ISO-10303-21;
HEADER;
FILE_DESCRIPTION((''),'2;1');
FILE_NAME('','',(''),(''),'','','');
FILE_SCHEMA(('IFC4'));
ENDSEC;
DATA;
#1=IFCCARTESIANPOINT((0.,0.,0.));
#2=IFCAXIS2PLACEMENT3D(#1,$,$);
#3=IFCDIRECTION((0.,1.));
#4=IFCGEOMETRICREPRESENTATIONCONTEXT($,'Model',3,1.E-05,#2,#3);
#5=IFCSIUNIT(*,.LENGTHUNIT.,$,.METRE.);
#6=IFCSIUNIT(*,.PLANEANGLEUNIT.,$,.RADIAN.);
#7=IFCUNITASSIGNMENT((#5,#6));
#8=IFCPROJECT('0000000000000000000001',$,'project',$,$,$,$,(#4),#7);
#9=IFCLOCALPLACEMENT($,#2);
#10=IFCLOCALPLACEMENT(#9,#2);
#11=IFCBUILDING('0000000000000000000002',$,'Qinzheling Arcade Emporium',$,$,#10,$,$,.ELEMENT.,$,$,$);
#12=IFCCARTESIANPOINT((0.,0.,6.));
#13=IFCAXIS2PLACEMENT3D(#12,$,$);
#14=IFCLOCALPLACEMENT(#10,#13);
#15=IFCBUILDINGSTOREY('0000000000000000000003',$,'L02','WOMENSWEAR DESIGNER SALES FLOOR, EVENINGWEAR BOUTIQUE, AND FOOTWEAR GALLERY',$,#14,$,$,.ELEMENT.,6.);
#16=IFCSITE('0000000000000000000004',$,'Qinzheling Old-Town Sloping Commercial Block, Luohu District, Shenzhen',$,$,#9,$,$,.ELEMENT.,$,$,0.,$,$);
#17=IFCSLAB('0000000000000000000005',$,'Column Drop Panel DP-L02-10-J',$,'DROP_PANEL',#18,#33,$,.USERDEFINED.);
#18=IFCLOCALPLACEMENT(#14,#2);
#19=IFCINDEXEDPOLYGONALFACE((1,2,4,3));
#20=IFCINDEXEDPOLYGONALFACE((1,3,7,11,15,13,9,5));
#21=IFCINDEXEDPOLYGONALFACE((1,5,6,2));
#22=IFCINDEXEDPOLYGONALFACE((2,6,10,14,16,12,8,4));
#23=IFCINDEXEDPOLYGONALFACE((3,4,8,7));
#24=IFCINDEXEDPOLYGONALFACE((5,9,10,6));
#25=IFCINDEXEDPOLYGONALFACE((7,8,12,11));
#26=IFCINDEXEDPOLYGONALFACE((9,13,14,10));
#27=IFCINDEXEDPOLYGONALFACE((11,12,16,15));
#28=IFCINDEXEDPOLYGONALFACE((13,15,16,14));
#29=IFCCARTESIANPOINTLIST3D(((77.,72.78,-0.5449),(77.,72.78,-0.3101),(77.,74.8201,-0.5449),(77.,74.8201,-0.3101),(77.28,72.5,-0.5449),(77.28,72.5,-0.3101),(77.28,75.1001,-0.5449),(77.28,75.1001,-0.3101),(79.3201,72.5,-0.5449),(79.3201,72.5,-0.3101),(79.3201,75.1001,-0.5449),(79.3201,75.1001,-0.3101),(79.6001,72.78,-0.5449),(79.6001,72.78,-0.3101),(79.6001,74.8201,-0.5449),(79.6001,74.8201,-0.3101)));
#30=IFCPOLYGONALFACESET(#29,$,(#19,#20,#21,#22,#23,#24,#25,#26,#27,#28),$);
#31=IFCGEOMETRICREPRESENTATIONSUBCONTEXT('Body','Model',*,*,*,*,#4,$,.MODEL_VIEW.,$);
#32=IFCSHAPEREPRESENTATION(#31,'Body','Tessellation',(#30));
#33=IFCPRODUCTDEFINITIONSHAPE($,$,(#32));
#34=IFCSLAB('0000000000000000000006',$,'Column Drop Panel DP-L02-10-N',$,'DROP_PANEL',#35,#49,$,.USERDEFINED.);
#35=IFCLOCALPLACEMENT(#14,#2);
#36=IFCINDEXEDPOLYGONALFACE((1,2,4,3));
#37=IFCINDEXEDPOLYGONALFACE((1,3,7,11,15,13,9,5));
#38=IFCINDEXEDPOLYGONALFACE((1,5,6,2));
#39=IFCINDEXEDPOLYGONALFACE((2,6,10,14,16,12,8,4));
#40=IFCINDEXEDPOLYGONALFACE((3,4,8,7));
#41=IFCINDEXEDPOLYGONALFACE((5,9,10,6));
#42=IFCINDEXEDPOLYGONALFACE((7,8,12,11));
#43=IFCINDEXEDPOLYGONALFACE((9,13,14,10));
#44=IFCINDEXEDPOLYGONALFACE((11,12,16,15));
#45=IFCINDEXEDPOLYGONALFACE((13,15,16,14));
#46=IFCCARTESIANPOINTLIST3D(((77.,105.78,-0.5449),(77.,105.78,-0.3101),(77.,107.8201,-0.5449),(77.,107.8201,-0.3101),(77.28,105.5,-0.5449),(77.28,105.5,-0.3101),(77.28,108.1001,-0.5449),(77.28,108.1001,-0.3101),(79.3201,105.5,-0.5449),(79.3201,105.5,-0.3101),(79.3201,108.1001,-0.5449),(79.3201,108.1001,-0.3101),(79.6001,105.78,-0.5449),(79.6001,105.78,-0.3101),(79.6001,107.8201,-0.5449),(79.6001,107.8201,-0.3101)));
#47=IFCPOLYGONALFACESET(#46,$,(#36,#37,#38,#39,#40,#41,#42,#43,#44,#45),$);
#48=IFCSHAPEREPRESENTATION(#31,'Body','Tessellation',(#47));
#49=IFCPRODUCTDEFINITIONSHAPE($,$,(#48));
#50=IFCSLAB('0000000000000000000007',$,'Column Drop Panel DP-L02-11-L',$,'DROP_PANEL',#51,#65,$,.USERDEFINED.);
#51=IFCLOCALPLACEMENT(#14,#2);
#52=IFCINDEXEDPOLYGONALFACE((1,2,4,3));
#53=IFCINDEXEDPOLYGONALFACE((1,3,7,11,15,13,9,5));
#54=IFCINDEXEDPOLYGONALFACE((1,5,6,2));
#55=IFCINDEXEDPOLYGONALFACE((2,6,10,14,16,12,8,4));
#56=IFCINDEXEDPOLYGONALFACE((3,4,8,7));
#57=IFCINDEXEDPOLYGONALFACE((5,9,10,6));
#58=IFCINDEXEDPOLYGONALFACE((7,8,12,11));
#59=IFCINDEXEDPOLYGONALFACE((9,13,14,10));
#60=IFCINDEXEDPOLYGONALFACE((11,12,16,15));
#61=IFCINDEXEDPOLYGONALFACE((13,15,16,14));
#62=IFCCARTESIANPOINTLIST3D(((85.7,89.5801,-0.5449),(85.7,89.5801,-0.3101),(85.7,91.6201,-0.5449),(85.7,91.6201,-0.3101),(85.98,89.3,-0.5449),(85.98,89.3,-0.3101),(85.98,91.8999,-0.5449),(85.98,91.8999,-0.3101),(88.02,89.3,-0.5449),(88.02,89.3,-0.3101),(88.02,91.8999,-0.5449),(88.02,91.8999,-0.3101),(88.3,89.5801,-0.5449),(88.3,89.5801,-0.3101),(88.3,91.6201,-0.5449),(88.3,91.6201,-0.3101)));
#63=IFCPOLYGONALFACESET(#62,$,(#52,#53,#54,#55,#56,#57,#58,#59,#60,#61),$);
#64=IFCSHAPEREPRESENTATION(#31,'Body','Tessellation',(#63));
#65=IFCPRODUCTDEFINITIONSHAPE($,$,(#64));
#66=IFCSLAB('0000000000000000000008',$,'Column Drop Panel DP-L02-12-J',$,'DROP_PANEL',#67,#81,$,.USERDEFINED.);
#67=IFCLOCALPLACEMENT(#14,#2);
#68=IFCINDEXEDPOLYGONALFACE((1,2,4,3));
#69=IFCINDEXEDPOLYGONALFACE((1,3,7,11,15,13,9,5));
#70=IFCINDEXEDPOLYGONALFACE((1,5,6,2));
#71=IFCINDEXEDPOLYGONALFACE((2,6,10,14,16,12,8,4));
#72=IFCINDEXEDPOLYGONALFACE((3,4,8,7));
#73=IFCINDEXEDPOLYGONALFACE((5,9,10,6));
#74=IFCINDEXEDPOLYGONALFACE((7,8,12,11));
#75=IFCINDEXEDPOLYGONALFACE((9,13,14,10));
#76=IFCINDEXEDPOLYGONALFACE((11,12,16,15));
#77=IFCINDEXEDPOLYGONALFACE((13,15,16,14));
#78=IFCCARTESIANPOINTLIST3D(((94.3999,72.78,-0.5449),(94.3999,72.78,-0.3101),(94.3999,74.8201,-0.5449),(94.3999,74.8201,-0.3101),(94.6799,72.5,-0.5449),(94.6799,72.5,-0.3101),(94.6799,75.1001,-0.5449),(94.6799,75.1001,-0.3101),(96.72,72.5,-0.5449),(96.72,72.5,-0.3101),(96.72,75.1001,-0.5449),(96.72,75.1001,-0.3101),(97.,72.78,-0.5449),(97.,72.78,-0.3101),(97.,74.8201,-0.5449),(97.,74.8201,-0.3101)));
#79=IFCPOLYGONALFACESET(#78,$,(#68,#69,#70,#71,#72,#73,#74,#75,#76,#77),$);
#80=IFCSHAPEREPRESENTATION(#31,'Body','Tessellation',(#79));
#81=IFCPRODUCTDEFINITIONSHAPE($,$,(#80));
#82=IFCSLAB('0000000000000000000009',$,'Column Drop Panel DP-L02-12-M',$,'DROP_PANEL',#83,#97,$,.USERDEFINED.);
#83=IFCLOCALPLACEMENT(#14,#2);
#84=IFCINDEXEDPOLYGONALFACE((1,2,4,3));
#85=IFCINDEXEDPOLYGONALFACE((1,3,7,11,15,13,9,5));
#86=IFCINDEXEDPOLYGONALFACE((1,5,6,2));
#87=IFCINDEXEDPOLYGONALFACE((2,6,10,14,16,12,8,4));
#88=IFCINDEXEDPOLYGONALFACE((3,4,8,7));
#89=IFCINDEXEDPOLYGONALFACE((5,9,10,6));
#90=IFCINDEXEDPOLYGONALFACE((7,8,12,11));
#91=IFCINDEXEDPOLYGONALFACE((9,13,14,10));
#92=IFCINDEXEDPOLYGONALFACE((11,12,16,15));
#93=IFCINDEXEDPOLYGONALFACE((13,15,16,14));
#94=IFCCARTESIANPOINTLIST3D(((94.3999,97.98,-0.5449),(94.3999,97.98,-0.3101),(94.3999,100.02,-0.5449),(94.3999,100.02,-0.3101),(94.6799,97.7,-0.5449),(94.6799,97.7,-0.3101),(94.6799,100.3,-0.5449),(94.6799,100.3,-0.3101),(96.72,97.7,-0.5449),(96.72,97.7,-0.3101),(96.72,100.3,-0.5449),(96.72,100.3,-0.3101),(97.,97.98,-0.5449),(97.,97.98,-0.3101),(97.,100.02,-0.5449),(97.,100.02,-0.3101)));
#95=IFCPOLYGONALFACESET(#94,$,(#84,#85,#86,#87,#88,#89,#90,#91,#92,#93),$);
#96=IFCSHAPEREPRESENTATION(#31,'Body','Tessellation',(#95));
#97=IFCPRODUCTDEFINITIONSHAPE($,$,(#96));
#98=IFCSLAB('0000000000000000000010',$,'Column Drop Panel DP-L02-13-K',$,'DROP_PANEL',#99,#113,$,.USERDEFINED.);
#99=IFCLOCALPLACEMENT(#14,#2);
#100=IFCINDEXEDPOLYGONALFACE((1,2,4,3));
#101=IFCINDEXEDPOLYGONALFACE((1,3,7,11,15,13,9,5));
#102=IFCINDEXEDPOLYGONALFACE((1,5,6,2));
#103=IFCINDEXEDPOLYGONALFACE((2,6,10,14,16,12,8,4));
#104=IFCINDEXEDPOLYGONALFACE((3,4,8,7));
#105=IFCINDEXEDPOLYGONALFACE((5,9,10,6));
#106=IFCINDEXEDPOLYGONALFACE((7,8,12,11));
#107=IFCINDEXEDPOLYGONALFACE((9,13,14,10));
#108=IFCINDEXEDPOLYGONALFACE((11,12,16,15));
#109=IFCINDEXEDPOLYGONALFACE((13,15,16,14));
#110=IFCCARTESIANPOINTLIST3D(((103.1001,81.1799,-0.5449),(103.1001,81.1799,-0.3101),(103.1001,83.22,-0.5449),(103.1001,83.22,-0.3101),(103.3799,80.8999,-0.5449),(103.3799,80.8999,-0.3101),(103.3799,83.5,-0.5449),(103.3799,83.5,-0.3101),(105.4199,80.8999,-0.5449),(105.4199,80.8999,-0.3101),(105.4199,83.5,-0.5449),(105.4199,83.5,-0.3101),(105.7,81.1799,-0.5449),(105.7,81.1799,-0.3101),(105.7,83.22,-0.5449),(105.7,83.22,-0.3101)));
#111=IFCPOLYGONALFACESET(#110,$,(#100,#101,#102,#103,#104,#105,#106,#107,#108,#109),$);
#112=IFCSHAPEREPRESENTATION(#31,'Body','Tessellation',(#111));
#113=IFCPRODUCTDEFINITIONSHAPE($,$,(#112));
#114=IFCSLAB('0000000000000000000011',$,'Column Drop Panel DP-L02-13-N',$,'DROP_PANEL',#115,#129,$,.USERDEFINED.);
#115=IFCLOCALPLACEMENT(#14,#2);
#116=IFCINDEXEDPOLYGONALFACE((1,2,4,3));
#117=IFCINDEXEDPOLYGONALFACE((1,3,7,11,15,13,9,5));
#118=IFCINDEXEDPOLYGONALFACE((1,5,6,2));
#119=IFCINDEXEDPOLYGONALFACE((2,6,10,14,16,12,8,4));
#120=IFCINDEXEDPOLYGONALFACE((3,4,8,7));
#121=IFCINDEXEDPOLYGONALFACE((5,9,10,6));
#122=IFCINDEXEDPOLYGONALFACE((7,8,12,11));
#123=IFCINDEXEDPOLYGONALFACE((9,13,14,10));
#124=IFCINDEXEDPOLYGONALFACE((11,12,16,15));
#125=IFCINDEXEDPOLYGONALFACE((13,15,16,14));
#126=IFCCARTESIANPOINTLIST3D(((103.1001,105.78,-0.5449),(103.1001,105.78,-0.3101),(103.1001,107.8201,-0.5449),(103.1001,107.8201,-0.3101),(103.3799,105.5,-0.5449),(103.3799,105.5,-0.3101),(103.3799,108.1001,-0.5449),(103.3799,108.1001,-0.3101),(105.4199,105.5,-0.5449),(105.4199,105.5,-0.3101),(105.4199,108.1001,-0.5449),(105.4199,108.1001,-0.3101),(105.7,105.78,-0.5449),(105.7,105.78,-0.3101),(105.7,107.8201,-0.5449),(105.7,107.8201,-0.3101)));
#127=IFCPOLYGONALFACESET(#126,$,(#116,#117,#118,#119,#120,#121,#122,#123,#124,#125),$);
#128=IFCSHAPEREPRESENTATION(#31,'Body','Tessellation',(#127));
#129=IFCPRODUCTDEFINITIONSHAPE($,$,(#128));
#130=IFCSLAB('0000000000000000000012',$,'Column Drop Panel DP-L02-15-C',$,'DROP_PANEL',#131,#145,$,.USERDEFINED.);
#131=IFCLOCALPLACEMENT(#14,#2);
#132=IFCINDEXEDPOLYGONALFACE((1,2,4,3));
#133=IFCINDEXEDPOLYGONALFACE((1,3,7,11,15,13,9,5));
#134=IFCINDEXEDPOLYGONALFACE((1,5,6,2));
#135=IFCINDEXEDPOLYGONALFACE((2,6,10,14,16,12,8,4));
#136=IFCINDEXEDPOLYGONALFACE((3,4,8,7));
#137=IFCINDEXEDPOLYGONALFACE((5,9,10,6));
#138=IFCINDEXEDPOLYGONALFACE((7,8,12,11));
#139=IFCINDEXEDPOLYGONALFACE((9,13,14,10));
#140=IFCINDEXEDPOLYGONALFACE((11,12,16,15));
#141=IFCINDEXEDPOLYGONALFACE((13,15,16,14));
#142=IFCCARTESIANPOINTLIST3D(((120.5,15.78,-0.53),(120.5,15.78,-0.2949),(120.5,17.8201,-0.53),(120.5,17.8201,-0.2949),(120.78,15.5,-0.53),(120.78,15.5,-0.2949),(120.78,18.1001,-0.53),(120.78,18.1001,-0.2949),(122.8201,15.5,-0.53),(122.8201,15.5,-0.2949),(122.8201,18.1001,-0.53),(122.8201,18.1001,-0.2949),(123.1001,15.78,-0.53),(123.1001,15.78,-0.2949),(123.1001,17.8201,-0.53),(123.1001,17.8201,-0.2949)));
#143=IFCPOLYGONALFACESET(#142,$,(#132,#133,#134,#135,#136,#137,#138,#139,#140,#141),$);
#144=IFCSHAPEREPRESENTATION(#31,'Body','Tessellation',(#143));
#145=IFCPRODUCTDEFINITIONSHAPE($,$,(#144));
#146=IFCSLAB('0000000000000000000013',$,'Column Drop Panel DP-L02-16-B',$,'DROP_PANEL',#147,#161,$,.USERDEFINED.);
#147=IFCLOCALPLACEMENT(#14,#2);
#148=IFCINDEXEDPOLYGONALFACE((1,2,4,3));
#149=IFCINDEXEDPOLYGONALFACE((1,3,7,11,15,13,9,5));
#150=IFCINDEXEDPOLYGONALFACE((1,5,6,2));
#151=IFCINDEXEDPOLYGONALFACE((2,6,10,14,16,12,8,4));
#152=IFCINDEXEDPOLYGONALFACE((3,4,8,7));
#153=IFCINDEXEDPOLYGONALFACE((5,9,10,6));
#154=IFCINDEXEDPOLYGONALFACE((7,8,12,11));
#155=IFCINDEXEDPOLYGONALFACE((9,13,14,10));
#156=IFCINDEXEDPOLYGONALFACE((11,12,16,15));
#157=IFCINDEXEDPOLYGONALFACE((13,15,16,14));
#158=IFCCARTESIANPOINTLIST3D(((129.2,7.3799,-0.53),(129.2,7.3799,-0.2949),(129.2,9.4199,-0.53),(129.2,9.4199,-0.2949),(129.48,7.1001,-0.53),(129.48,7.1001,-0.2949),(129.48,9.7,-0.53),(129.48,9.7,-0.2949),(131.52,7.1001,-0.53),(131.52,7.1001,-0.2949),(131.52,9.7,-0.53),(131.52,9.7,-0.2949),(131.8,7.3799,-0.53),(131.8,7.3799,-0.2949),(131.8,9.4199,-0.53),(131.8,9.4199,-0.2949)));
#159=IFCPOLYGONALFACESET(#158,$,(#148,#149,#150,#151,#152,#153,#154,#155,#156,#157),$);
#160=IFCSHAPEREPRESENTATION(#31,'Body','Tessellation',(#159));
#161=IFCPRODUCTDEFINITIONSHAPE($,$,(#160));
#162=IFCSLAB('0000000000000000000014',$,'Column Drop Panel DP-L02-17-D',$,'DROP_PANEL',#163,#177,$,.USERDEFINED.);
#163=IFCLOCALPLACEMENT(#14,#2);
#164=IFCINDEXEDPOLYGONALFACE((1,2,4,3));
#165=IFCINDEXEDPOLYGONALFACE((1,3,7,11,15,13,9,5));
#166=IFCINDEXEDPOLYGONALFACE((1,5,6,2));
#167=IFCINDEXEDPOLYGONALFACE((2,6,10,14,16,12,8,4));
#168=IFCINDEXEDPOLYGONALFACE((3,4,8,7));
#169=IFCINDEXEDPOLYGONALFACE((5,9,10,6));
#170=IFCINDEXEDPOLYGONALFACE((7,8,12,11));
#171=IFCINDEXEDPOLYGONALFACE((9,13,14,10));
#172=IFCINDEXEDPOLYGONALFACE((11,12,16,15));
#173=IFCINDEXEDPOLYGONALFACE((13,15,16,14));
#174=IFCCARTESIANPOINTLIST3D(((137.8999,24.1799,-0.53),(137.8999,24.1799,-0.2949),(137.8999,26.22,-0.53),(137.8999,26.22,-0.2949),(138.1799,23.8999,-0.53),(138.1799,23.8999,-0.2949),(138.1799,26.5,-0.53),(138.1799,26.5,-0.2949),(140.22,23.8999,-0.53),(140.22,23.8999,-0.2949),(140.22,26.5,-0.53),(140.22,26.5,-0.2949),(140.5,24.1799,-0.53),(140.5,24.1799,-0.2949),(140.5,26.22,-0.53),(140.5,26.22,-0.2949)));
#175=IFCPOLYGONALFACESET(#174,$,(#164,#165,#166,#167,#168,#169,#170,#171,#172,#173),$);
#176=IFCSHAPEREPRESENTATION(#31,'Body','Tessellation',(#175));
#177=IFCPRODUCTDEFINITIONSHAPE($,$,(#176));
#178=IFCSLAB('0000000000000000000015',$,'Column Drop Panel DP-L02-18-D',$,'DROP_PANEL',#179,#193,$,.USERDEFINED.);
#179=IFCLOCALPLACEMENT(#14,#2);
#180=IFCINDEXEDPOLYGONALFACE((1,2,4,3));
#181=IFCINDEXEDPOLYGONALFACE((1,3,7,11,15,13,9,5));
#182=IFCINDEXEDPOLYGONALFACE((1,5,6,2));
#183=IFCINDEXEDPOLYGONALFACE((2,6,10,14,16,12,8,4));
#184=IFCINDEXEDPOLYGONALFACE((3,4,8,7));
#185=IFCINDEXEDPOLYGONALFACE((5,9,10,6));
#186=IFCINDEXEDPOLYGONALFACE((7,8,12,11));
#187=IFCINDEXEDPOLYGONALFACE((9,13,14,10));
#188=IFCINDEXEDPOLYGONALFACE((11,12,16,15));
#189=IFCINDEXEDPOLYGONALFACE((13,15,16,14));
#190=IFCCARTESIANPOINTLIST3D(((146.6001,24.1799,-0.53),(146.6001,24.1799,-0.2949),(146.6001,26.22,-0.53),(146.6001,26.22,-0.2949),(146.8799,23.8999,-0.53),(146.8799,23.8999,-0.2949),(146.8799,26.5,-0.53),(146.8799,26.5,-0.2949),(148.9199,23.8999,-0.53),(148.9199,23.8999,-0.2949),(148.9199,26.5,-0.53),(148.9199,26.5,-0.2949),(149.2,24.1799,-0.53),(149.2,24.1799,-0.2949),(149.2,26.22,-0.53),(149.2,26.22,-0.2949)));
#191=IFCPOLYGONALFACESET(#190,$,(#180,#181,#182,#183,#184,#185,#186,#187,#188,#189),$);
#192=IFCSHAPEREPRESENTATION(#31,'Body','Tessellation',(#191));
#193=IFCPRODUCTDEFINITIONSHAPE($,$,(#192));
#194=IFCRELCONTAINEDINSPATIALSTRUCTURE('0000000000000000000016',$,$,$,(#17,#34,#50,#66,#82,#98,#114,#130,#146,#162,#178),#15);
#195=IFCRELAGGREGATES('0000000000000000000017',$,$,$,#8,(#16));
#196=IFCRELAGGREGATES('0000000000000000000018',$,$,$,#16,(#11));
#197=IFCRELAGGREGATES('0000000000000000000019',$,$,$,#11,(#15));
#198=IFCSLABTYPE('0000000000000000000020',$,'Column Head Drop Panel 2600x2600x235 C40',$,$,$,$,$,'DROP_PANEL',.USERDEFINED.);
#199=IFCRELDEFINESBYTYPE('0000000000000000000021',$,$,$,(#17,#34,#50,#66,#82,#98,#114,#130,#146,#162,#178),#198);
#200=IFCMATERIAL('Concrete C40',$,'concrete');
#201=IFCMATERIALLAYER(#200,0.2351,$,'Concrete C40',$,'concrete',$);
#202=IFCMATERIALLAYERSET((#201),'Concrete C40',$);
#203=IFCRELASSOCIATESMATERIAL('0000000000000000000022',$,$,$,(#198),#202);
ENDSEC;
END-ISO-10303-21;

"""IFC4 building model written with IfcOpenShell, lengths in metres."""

from ifc_helpers import new_model, si_unit, direction, frame, origin, place, context, subcontext, project, spatial, polyline, outline, extrude, material, layer, layer_set, type_object, element, save


model = new_model("IFC4")

# Units and contexts
model_context = context("Model", 3, precision=1e-05, world=origin(), true_north=direction((0.0, 1.0)))
body_context = subcontext(model_context, "Body", "Model", "MODEL_VIEW")
ifc_project = project(units=[si_unit("LENGTHUNIT", "METRE"), si_unit("PLANEANGLEUNIT", "RADIAN")], contexts=[model_context])

# Site, building, storey
site_placement = place(None, origin())
site = spatial("IfcSite", under=ifc_project, at=site_placement, Name="Qinzheling Old-Town Sloping Commercial Block, Luohu District, Shenzhen", CompositionType="ELEMENT", RefElevation=0.0)
building_placement = place(site_placement, origin())
building = spatial("IfcBuilding", under=site, at=building_placement, Name="Qinzheling Arcade Emporium", CompositionType="ELEMENT")
storey_placement = place(building_placement, frame((0.0, 0.0, 6.0)))
storey = spatial("IfcBuildingStorey", under=building, at=storey_placement, Name="L02", Description="WOMENSWEAR DESIGNER SALES FLOOR, EVENINGWEAR BOUTIQUE, AND FOOTWEAR GALLERY", CompositionType="ELEMENT", Elevation=6.0)

# Slabs
ifc_material = material(Name="Concrete C40", Category="concrete")
ifc_layer_1 = layer(ifc_material, 0.2351, Name="Concrete C40", Category="concrete")
ifc_layer_set_1 = layer_set([ifc_layer_1], Name="Concrete C40")
slab_type_1 = type_object("IfcSlabType", Name="Column Head Drop Panel 2600x2600x235 C40", ElementType="DROP_PANEL", PredefinedType="USERDEFINED", material=ifc_layer_set_1)
slab_1_placement = place(storey_placement, frame((0.0, 0.0, -0.5449)))
element("IfcSlab", 1, at=slab_1_placement, inside=storey, type_object=slab_type_1, Name="Column Drop Panel DP-L02-10-J", ObjectType="DROP_PANEL", PredefinedType="USERDEFINED", context=body_context, shape_type="SweptSolid", body=[
    extrude(outline(polyline([(77.28, 72.5), (79.3201, 72.5), (79.6001, 72.78), (79.6001, 74.8201), (79.3201, 75.1001), (77.28, 75.1001), (77.0, 74.8201), (77.0, 72.78), (77.28, 72.5)])), origin(), (0.0, 0.0, 1.0), 0.2349),
])
slab_2_placement = place(storey_placement, frame((0.0, 0.0, -0.5449)))
element("IfcSlab", 2, at=slab_2_placement, inside=storey, type_object=slab_type_1, Name="Column Drop Panel DP-L02-10-N", ObjectType="DROP_PANEL", PredefinedType="USERDEFINED", context=body_context, shape_type="SweptSolid", body=[
    extrude(outline(polyline([(77.28, 105.5), (79.3201, 105.5), (79.6001, 105.78), (79.6001, 107.8201), (79.3201, 108.1001), (77.28, 108.1001), (77.0, 107.8201), (77.0, 105.78), (77.28, 105.5)])), origin(), (0.0, 0.0, 1.0), 0.2349),
])
slab_3_placement = place(storey_placement, frame((0.0, 0.0, -0.5449)))
element("IfcSlab", 3, at=slab_3_placement, inside=storey, type_object=slab_type_1, Name="Column Drop Panel DP-L02-11-L", ObjectType="DROP_PANEL", PredefinedType="USERDEFINED", context=body_context, shape_type="SweptSolid", body=[
    extrude(outline(polyline([(85.98, 89.3), (88.02, 89.3), (88.3, 89.5801), (88.3, 91.6201), (88.02, 91.8999), (85.98, 91.8999), (85.7, 91.6201), (85.7, 89.5801), (85.98, 89.3)])), origin(), (0.0, 0.0, 1.0), 0.2349),
])
slab_4_placement = place(storey_placement, frame((0.0, 0.0, -0.5449)))
element("IfcSlab", 4, at=slab_4_placement, inside=storey, type_object=slab_type_1, Name="Column Drop Panel DP-L02-12-J", ObjectType="DROP_PANEL", PredefinedType="USERDEFINED", context=body_context, shape_type="SweptSolid", body=[
    extrude(outline(polyline([(94.6799, 72.5), (96.72, 72.5), (97.0, 72.78), (97.0, 74.8201), (96.72, 75.1001), (94.6799, 75.1001), (94.3999, 74.8201), (94.3999, 72.78), (94.6799, 72.5)])), origin(), (0.0, 0.0, 1.0), 0.2349),
])
slab_5_placement = place(storey_placement, frame((0.0, 0.0, -0.5449)))
element("IfcSlab", 5, at=slab_5_placement, inside=storey, type_object=slab_type_1, Name="Column Drop Panel DP-L02-12-M", ObjectType="DROP_PANEL", PredefinedType="USERDEFINED", context=body_context, shape_type="SweptSolid", body=[
    extrude(outline(polyline([(94.6799, 97.7), (96.72, 97.7), (97.0, 97.98), (97.0, 100.02), (96.72, 100.3), (94.6799, 100.3), (94.3999, 100.02), (94.3999, 97.98), (94.6799, 97.7)])), origin(), (0.0, 0.0, 1.0), 0.2349),
])
slab_6_placement = place(storey_placement, frame((0.0, 0.0, -0.5449)))
element("IfcSlab", 6, at=slab_6_placement, inside=storey, type_object=slab_type_1, Name="Column Drop Panel DP-L02-13-K", ObjectType="DROP_PANEL", PredefinedType="USERDEFINED", context=body_context, shape_type="SweptSolid", body=[
    extrude(outline(polyline([(103.3799, 80.8999), (105.4199, 80.8999), (105.7, 81.1799), (105.7, 83.22), (105.4199, 83.5), (103.3799, 83.5), (103.1001, 83.22), (103.1001, 81.1799), (103.3799, 80.8999)])), origin(), (0.0, 0.0, 1.0), 0.2349),
])
slab_7_placement = place(storey_placement, frame((0.0, 0.0, -0.5449)))
element("IfcSlab", 7, at=slab_7_placement, inside=storey, type_object=slab_type_1, Name="Column Drop Panel DP-L02-13-N", ObjectType="DROP_PANEL", PredefinedType="USERDEFINED", context=body_context, shape_type="SweptSolid", body=[
    extrude(outline(polyline([(103.3799, 105.5), (105.4199, 105.5), (105.7, 105.78), (105.7, 107.8201), (105.4199, 108.1001), (103.3799, 108.1001), (103.1001, 107.8201), (103.1001, 105.78), (103.3799, 105.5)])), origin(), (0.0, 0.0, 1.0), 0.2349),
])
slab_8_placement = place(storey_placement, frame((0.0, 0.0, -0.53)))
element("IfcSlab", 8, at=slab_8_placement, inside=storey, type_object=slab_type_1, Name="Column Drop Panel DP-L02-15-C", ObjectType="DROP_PANEL", PredefinedType="USERDEFINED", context=body_context, shape_type="SweptSolid", body=[
    extrude(outline(polyline([(120.78, 15.5), (122.8201, 15.5), (123.1001, 15.78), (123.1001, 17.8201), (122.8201, 18.1001), (120.78, 18.1001), (120.5, 17.8201), (120.5, 15.78), (120.78, 15.5)])), origin(), (0.0, 0.0, 1.0), 0.2351),
])
slab_9_placement = place(storey_placement, frame((0.0, 0.0, -0.53)))
element("IfcSlab", 9, at=slab_9_placement, inside=storey, type_object=slab_type_1, Name="Column Drop Panel DP-L02-16-B", ObjectType="DROP_PANEL", PredefinedType="USERDEFINED", context=body_context, shape_type="SweptSolid", body=[
    extrude(outline(polyline([(129.48, 7.1001), (131.52, 7.1001), (131.8, 7.3799), (131.8, 9.4199), (131.52, 9.7), (129.48, 9.7), (129.2, 9.4199), (129.2, 7.3799), (129.48, 7.1001)])), origin(), (0.0, 0.0, 1.0), 0.2351),
])
slab_10_placement = place(storey_placement, frame((0.0, 0.0, -0.53)))
element("IfcSlab", 10, at=slab_10_placement, inside=storey, type_object=slab_type_1, Name="Column Drop Panel DP-L02-17-D", ObjectType="DROP_PANEL", PredefinedType="USERDEFINED", context=body_context, shape_type="SweptSolid", body=[
    extrude(outline(polyline([(138.1799, 23.8999), (140.22, 23.8999), (140.5, 24.1799), (140.5, 26.22), (140.22, 26.5), (138.1799, 26.5), (137.8999, 26.22), (137.8999, 24.1799), (138.1799, 23.8999)])), origin(), (0.0, 0.0, 1.0), 0.2351),
])
slab_11_placement = place(storey_placement, frame((0.0, 0.0, -0.53)))
element("IfcSlab", 11, at=slab_11_placement, inside=storey, type_object=slab_type_1, Name="Column Drop Panel DP-L02-18-D", ObjectType="DROP_PANEL", PredefinedType="USERDEFINED", context=body_context, shape_type="SweptSolid", body=[
    extrude(outline(polyline([(146.8799, 23.8999), (148.9199, 23.8999), (149.2, 24.1799), (149.2, 26.22), (148.9199, 26.5), (146.8799, 26.5), (146.6001, 26.22), (146.6001, 24.1799), (146.8799, 23.8999)])), origin(), (0.0, 0.0, 1.0), 0.2351),
])

save(model, "model.ifc")
